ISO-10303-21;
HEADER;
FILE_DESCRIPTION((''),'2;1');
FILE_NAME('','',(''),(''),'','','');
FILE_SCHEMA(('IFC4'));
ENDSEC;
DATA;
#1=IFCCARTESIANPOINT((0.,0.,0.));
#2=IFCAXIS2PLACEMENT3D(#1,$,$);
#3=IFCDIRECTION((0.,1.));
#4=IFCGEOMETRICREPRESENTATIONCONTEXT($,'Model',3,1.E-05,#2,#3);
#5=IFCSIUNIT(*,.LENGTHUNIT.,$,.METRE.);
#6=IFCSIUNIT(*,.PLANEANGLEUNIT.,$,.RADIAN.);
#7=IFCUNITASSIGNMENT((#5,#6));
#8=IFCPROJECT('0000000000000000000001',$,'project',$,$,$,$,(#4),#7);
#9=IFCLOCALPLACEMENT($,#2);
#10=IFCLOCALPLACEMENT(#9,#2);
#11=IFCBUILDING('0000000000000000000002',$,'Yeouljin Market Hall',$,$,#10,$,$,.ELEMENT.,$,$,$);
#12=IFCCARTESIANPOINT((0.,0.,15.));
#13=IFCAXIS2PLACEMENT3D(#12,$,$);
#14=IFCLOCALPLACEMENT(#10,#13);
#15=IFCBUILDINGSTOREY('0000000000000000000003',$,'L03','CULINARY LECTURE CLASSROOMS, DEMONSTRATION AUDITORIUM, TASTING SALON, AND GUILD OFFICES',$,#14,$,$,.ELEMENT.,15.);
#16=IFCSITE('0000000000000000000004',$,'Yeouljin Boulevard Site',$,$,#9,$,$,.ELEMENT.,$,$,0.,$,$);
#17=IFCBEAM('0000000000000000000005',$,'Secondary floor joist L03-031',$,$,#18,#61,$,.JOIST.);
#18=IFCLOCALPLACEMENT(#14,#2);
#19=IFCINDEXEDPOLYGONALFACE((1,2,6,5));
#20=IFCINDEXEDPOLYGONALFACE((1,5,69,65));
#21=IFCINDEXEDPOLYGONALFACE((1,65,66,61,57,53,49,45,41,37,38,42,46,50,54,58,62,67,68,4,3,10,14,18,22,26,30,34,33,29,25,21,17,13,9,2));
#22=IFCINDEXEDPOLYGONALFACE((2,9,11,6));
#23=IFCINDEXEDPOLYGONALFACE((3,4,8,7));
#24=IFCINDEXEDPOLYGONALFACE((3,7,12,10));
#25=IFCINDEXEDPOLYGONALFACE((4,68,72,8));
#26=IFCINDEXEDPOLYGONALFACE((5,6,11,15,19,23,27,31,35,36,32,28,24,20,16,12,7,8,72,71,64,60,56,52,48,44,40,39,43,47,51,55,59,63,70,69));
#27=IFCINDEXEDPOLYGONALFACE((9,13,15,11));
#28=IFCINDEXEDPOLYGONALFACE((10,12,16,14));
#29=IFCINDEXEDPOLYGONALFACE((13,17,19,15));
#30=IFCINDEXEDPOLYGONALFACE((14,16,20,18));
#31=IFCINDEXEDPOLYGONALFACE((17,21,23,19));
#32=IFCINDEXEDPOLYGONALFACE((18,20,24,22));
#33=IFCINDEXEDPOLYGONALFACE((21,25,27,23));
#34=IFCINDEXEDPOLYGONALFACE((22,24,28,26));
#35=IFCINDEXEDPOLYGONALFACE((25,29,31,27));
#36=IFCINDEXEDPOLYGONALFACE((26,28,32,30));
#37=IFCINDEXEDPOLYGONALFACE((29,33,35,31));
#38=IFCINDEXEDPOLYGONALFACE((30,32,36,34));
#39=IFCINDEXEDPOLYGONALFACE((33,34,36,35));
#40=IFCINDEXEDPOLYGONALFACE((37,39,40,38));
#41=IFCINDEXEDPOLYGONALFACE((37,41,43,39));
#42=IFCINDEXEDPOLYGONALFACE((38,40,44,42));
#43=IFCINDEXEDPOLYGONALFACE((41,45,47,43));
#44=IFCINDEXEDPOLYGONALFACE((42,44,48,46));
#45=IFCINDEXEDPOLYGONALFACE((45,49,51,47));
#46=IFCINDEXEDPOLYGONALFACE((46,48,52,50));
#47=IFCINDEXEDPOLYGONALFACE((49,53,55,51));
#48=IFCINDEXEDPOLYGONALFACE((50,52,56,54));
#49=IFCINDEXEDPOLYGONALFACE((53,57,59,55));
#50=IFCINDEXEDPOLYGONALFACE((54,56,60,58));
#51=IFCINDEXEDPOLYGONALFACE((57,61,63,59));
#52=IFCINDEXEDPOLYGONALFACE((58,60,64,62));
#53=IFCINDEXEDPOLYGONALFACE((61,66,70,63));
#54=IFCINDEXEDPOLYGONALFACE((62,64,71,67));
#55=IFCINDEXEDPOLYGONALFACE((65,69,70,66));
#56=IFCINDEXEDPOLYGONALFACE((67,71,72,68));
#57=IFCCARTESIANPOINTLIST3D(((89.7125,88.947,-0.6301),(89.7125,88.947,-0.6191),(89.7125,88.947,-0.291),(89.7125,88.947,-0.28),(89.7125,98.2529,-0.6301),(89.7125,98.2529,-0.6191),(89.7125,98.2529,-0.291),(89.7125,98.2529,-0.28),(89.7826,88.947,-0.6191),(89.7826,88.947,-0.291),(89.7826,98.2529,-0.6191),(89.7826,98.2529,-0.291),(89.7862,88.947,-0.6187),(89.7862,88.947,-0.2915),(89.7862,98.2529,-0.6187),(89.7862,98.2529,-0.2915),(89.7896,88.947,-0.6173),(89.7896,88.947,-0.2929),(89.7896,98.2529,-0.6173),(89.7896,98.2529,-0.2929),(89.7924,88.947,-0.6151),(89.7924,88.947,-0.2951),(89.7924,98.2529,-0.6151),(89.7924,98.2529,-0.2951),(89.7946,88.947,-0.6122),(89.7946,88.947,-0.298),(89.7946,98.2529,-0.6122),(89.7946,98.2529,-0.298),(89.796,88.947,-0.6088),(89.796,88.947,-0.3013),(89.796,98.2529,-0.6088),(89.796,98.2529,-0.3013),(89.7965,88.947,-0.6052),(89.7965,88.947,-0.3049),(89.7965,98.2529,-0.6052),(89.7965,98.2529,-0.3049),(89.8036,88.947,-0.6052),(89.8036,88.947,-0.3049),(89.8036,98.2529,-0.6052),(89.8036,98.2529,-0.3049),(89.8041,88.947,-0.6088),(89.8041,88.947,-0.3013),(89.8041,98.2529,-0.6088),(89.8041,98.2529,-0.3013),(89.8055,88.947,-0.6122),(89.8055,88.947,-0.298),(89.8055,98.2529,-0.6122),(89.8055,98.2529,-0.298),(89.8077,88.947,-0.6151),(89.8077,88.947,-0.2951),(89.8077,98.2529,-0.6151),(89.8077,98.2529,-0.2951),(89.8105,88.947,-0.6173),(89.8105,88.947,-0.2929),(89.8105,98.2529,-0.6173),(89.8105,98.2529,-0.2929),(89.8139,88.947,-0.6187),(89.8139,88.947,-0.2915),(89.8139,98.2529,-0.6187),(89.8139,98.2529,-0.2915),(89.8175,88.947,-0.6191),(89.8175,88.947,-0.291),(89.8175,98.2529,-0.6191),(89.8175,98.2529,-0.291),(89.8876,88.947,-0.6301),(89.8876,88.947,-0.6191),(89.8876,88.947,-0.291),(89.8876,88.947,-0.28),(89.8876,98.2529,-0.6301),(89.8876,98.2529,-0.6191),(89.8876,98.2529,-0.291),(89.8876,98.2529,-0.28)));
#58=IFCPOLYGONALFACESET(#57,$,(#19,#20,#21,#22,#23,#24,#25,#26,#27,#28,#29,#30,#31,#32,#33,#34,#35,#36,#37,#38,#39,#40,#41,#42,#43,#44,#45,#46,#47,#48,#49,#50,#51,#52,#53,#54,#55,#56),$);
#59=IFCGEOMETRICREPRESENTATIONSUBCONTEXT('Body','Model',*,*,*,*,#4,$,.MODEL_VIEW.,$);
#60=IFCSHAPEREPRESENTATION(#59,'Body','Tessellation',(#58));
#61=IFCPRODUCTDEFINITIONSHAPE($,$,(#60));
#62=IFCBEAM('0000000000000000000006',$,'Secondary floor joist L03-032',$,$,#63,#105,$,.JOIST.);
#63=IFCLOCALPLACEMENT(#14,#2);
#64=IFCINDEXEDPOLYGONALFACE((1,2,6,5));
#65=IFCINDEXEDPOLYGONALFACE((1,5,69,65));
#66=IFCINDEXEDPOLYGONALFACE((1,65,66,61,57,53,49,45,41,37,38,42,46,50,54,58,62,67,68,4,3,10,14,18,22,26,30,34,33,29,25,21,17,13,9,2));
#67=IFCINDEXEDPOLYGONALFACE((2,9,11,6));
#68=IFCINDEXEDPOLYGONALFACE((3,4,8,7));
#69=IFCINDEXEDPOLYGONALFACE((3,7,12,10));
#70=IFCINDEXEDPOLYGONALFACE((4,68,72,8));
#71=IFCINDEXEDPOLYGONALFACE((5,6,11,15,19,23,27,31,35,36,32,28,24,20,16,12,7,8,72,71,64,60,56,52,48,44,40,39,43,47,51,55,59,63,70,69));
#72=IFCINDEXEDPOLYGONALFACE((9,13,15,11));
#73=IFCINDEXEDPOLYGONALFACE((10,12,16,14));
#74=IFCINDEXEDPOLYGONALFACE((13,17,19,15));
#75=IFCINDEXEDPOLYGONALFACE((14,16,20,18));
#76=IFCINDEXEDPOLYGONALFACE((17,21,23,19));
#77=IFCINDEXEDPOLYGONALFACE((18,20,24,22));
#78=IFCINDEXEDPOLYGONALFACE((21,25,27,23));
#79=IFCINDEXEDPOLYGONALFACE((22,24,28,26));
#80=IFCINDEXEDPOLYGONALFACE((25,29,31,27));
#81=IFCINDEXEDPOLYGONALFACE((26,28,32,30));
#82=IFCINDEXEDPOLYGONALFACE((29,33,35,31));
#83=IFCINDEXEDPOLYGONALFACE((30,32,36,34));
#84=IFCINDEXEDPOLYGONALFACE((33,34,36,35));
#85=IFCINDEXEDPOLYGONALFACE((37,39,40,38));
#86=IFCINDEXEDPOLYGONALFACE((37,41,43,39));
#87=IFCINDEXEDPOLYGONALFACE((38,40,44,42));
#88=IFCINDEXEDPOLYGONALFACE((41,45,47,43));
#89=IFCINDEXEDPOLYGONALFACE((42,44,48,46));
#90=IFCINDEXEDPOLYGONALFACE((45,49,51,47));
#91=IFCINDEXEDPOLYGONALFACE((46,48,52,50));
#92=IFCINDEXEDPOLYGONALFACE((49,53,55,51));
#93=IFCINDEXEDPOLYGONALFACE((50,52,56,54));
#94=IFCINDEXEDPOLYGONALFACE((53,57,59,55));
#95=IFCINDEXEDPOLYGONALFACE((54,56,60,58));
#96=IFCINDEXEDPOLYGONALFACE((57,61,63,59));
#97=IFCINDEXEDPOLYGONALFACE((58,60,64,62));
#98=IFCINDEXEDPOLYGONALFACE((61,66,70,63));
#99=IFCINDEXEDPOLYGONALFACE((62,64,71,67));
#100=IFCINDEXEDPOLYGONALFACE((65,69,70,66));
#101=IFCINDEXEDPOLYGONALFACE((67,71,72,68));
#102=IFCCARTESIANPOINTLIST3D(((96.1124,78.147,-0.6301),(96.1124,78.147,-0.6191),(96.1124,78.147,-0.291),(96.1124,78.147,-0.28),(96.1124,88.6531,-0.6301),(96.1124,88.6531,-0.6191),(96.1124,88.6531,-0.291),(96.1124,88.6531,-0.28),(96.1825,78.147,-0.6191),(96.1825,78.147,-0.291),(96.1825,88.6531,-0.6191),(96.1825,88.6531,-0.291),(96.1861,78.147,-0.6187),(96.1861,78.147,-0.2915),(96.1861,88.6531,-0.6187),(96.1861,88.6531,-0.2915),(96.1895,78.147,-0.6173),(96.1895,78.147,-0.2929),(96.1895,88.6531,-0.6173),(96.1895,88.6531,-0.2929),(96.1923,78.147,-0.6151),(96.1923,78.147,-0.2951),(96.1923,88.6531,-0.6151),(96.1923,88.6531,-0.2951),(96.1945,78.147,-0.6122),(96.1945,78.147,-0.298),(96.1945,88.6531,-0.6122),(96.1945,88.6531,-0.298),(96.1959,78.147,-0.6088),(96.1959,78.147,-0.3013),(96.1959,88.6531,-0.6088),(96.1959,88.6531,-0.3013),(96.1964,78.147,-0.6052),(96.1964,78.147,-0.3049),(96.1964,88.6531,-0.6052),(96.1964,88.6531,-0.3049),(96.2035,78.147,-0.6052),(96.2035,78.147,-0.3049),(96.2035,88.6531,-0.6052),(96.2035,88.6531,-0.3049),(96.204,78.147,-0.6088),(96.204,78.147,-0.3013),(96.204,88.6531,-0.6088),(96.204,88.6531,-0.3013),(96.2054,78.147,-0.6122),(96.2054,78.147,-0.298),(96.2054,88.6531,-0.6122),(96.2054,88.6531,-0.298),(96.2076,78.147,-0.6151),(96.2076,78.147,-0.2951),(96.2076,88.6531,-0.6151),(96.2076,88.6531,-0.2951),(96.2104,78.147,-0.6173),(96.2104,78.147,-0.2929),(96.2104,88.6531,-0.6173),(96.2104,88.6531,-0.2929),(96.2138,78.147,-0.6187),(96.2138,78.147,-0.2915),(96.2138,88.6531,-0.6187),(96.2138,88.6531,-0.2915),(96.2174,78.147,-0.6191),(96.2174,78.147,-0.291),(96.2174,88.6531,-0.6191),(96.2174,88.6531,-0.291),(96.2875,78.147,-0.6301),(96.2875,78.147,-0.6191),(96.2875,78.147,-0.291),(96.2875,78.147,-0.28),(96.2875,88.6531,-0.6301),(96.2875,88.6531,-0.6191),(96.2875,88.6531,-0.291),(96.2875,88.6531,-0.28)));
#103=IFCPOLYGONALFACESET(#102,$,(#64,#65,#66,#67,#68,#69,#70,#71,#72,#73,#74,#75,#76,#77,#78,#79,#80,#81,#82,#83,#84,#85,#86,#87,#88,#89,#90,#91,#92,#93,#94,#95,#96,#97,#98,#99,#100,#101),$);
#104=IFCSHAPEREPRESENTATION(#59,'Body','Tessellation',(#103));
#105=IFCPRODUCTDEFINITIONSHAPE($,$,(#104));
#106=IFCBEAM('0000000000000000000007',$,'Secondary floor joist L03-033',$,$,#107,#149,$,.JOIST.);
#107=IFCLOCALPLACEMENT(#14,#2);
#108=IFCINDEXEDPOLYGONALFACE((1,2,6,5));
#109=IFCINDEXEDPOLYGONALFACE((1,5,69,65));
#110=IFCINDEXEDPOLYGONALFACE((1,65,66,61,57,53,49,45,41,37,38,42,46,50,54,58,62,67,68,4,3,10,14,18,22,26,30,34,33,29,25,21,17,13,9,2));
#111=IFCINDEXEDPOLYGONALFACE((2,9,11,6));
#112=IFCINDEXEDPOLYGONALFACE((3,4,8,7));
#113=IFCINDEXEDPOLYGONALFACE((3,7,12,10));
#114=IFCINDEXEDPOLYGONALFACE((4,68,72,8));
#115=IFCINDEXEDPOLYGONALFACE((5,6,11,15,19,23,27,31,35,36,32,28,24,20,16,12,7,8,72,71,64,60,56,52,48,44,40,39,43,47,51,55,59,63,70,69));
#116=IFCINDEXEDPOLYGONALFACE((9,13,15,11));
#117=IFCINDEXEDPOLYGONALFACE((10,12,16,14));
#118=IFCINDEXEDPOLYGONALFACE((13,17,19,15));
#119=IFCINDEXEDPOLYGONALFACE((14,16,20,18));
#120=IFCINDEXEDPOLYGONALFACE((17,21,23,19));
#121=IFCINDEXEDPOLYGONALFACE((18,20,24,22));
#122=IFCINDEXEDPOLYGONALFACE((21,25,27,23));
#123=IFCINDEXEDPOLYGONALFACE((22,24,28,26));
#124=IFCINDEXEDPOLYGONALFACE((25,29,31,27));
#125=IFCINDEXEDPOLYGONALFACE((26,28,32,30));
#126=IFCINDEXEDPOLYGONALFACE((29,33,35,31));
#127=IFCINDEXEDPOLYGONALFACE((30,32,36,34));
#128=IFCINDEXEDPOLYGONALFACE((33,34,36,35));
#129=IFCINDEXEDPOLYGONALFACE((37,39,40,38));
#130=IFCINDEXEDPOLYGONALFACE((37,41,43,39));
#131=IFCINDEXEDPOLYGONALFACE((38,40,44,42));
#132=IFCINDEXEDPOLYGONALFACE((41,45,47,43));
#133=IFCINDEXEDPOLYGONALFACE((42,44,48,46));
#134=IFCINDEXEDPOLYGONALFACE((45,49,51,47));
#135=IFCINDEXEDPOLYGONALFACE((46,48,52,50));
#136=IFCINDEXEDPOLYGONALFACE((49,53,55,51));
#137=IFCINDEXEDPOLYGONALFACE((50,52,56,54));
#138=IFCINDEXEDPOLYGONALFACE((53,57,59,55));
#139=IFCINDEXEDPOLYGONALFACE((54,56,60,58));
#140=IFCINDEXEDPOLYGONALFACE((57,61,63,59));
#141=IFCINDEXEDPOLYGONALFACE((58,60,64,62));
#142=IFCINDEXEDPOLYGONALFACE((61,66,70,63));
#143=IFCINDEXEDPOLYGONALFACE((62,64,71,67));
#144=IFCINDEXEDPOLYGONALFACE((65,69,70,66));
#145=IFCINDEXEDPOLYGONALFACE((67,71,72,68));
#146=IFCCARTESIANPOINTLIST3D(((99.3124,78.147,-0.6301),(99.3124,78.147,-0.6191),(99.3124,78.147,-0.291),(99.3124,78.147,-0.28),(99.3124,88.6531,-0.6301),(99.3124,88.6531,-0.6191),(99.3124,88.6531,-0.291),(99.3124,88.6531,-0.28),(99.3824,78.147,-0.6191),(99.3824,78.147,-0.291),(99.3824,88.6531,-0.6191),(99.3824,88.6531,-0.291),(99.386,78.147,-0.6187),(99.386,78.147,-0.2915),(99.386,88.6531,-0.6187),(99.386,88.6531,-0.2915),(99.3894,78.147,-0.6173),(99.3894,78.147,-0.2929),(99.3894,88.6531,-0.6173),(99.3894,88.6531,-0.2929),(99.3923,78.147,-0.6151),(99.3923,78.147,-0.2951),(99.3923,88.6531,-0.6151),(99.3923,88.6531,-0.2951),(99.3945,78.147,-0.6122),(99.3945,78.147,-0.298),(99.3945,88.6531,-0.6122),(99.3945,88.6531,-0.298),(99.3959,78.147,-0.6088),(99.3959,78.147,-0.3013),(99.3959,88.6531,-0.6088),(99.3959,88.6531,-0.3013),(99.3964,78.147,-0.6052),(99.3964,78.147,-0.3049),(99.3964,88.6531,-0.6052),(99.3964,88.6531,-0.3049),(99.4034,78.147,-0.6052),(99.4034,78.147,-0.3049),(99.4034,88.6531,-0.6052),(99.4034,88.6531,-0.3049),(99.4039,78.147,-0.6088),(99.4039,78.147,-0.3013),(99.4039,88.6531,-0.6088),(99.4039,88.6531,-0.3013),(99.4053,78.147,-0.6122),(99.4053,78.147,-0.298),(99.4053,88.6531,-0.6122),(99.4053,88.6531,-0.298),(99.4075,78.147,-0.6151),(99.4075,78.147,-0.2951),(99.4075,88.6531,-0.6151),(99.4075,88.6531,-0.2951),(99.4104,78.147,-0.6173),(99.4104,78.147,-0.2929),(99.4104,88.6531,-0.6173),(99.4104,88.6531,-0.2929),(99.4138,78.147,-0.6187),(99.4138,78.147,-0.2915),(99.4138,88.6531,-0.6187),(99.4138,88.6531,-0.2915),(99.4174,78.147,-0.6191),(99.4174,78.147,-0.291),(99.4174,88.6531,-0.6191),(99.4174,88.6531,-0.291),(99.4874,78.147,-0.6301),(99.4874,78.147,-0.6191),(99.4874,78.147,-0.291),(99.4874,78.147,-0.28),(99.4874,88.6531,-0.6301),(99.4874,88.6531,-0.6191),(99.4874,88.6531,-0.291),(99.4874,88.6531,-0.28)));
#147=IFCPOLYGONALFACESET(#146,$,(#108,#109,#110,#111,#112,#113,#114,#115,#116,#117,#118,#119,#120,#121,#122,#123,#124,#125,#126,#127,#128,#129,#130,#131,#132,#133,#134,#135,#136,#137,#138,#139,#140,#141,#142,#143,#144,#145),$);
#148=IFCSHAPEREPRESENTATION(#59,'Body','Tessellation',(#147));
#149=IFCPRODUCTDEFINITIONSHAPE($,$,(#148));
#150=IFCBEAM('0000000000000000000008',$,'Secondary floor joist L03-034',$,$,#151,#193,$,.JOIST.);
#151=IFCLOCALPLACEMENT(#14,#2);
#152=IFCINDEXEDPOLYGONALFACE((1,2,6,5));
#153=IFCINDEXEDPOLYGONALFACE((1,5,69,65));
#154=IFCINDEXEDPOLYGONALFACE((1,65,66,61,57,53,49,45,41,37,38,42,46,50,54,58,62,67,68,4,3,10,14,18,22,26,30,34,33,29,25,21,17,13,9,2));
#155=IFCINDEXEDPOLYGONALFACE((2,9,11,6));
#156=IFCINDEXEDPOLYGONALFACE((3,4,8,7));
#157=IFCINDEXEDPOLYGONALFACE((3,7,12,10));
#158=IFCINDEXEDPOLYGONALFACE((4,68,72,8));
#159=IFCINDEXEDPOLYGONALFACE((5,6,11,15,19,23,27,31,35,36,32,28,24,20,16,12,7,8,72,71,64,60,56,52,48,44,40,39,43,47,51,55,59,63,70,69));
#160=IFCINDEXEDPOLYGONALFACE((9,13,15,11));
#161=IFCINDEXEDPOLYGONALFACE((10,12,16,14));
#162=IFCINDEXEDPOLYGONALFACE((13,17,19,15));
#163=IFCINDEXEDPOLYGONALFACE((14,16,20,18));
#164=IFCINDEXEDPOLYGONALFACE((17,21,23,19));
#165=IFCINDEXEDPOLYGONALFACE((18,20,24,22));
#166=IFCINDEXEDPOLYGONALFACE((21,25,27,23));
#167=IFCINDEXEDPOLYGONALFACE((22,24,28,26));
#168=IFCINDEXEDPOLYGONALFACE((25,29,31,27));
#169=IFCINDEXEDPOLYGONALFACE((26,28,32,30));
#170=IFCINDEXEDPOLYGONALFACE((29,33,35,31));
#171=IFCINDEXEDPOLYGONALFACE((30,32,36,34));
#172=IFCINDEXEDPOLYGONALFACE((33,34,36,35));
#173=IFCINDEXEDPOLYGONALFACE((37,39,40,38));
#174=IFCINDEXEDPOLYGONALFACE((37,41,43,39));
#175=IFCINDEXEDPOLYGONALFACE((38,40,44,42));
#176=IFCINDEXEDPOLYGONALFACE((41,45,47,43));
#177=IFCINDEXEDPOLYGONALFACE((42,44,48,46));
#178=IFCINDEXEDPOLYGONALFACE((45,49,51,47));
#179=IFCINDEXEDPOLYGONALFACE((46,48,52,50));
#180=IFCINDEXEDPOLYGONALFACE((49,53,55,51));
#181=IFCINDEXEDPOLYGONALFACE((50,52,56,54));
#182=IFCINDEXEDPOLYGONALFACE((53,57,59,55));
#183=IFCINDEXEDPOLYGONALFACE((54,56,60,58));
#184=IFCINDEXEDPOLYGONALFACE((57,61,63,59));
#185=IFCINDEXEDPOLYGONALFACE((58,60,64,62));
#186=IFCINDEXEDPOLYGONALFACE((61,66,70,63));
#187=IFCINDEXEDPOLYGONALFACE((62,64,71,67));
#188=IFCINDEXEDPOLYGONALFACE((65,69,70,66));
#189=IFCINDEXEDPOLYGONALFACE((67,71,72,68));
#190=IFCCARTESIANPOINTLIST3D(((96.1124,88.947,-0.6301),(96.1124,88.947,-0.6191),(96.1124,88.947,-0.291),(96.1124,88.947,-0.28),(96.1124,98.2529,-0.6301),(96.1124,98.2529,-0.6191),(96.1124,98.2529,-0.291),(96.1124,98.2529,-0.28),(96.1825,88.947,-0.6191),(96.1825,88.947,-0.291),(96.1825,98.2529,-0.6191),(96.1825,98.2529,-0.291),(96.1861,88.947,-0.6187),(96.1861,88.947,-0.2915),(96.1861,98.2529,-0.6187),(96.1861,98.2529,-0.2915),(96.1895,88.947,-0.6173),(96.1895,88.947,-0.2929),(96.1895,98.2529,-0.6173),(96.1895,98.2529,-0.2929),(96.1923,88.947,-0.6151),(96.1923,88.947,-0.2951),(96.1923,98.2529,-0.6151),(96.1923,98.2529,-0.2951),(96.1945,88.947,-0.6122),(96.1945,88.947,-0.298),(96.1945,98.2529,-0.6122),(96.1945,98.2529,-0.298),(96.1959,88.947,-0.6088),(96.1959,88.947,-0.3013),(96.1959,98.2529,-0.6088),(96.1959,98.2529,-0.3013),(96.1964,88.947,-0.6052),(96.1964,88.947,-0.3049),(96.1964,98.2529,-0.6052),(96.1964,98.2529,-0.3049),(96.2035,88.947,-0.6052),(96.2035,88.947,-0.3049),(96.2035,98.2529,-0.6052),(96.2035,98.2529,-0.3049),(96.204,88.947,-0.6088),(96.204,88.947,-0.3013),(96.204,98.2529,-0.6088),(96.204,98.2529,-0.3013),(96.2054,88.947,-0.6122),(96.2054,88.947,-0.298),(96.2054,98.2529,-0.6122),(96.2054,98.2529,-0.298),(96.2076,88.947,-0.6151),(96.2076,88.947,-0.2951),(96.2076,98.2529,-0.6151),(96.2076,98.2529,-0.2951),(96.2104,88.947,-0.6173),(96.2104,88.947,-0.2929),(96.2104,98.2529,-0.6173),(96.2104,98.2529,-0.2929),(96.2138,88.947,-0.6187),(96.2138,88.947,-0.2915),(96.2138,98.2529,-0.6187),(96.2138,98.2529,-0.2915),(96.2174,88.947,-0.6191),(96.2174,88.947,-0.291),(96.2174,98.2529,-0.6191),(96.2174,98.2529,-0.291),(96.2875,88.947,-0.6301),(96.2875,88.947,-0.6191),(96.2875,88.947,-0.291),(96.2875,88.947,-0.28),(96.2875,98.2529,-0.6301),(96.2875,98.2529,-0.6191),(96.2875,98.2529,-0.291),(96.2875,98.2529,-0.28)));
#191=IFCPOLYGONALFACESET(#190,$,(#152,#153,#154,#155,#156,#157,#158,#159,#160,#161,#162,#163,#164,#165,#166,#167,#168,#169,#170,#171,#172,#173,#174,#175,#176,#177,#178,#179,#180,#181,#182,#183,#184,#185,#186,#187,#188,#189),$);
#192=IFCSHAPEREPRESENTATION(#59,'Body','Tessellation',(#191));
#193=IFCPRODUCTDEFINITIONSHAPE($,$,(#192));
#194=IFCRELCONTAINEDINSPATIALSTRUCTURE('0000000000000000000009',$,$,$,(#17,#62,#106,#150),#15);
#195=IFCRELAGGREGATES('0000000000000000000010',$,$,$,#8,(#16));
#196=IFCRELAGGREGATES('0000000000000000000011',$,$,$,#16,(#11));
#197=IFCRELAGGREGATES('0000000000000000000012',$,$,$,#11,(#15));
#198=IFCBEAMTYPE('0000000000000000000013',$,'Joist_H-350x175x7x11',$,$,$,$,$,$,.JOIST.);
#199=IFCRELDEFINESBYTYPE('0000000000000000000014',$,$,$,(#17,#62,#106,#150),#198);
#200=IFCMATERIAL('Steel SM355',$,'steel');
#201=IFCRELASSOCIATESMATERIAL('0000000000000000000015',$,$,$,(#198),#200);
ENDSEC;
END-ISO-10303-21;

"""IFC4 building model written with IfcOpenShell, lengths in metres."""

from ifc_helpers import new_model, si_unit, direction, frame, origin, origin_2d, place, context, subcontext, project, spatial, i_section, extrude, material, material_profile, profile_set, type_object, element, save


model = new_model("IFC4")

# Units and contexts
model_context = context("Model", 3, precision=1e-05, world=origin(), true_north=direction((0.0, 1.0)))
body_context = subcontext(model_context, "Body", "Model", "MODEL_VIEW")
ifc_project = project(units=[si_unit("LENGTHUNIT", "METRE"), si_unit("PLANEANGLEUNIT", "RADIAN")], contexts=[model_context])

# Site, building, storey
site_placement = place(None, origin())
site = spatial("IfcSite", under=ifc_project, at=site_placement, Name="Yeouljin Boulevard Site", CompositionType="ELEMENT", RefElevation=0.0)
building_placement = place(site_placement, origin())
building = spatial("IfcBuilding", under=site, at=building_placement, Name="Yeouljin Market Hall", CompositionType="ELEMENT")
storey_placement = place(building_placement, frame((0.0, 0.0, 15.0)))
storey = spatial("IfcBuildingStorey", under=building, at=storey_placement, Name="L03", Description="CULINARY LECTURE CLASSROOMS, DEMONSTRATION AUDITORIUM, TASTING SALON, AND GUILD OFFICES", CompositionType="ELEMENT", Elevation=15.0)

# Beams
ifc_material_1 = material(Name="Steel SM355", Category="steel")
ifc_material_profile_1 = material_profile(ifc_material_1, i_section(OverallWidth=0.175, OverallDepth=0.3501, WebThickness=0.0071, FlangeThickness=0.011, FilletRadius=0.0139, at=origin_2d()), Name="H-350x175x7x11")
ifc_profile_set_1 = profile_set([ifc_material_profile_1], Name="Steel SM355")
beam_type_1 = type_object("IfcBeamType", Name="Joist_H-350x175x7x11", PredefinedType="JOIST", material=ifc_profile_set_1)
for number, where, z_axis, x_axis, name in (
    (1, (89.8, 88.947, -0.4551), (0.0, 1.0, 0.0), (-1.0, 0.0, 0.0), "Secondary floor joist L03-031"),
):
    element("IfcBeam", number, at=place(storey_placement, frame(where, z_axis=z_axis, x_axis=x_axis)), inside=storey, type_object=beam_type_1, Name=name, PredefinedType="JOIST", context=body_context, shape_type="SweptSolid", body=[
        extrude(i_section(OverallWidth=0.175, OverallDepth=0.3501, WebThickness=0.0071, FlangeThickness=0.011, FilletRadius=0.0139, at=origin_2d()), origin(), (0.0, 0.0, 1.0), 9.3059),
    ])
for number, where, z_axis, x_axis, name in (
    (2, (96.2, 78.147, -0.4551), (0.0, 1.0, 0.0), (-1.0, 0.0, 0.0), "Secondary floor joist L03-032"),
    (3, (99.3999, 78.147, -0.4551), (0.0, 1.0, 0.0), (-1.0, 0.0, 0.0), "Secondary floor joist L03-033"),
):
    element("IfcBeam", number, at=place(storey_placement, frame(where, z_axis=z_axis, x_axis=x_axis)), inside=storey, type_object=beam_type_1, Name=name, PredefinedType="JOIST", context=body_context, shape_type="SweptSolid", body=[
        extrude(i_section(OverallWidth=0.175, OverallDepth=0.3501, WebThickness=0.0071, FlangeThickness=0.011, FilletRadius=0.0139, at=origin_2d()), origin(), (0.0, 0.0, 1.0), 10.5061),
    ])
for number, where, z_axis, x_axis, name in (
    (4, (96.2, 88.947, -0.4551), (0.0, 1.0, 0.0), (-1.0, 0.0, 0.0), "Secondary floor joist L03-034"),
):
    element("IfcBeam", number, at=place(storey_placement, frame(where, z_axis=z_axis, x_axis=x_axis)), inside=storey, type_object=beam_type_1, Name=name, PredefinedType="JOIST", context=body_context, shape_type="SweptSolid", body=[
        extrude(i_section(OverallWidth=0.175, OverallDepth=0.3501, WebThickness=0.0071, FlangeThickness=0.011, FilletRadius=0.0139, at=origin_2d()), origin(), (0.0, 0.0, 1.0), 9.3059),
    ])

save(model, "model.ifc")
